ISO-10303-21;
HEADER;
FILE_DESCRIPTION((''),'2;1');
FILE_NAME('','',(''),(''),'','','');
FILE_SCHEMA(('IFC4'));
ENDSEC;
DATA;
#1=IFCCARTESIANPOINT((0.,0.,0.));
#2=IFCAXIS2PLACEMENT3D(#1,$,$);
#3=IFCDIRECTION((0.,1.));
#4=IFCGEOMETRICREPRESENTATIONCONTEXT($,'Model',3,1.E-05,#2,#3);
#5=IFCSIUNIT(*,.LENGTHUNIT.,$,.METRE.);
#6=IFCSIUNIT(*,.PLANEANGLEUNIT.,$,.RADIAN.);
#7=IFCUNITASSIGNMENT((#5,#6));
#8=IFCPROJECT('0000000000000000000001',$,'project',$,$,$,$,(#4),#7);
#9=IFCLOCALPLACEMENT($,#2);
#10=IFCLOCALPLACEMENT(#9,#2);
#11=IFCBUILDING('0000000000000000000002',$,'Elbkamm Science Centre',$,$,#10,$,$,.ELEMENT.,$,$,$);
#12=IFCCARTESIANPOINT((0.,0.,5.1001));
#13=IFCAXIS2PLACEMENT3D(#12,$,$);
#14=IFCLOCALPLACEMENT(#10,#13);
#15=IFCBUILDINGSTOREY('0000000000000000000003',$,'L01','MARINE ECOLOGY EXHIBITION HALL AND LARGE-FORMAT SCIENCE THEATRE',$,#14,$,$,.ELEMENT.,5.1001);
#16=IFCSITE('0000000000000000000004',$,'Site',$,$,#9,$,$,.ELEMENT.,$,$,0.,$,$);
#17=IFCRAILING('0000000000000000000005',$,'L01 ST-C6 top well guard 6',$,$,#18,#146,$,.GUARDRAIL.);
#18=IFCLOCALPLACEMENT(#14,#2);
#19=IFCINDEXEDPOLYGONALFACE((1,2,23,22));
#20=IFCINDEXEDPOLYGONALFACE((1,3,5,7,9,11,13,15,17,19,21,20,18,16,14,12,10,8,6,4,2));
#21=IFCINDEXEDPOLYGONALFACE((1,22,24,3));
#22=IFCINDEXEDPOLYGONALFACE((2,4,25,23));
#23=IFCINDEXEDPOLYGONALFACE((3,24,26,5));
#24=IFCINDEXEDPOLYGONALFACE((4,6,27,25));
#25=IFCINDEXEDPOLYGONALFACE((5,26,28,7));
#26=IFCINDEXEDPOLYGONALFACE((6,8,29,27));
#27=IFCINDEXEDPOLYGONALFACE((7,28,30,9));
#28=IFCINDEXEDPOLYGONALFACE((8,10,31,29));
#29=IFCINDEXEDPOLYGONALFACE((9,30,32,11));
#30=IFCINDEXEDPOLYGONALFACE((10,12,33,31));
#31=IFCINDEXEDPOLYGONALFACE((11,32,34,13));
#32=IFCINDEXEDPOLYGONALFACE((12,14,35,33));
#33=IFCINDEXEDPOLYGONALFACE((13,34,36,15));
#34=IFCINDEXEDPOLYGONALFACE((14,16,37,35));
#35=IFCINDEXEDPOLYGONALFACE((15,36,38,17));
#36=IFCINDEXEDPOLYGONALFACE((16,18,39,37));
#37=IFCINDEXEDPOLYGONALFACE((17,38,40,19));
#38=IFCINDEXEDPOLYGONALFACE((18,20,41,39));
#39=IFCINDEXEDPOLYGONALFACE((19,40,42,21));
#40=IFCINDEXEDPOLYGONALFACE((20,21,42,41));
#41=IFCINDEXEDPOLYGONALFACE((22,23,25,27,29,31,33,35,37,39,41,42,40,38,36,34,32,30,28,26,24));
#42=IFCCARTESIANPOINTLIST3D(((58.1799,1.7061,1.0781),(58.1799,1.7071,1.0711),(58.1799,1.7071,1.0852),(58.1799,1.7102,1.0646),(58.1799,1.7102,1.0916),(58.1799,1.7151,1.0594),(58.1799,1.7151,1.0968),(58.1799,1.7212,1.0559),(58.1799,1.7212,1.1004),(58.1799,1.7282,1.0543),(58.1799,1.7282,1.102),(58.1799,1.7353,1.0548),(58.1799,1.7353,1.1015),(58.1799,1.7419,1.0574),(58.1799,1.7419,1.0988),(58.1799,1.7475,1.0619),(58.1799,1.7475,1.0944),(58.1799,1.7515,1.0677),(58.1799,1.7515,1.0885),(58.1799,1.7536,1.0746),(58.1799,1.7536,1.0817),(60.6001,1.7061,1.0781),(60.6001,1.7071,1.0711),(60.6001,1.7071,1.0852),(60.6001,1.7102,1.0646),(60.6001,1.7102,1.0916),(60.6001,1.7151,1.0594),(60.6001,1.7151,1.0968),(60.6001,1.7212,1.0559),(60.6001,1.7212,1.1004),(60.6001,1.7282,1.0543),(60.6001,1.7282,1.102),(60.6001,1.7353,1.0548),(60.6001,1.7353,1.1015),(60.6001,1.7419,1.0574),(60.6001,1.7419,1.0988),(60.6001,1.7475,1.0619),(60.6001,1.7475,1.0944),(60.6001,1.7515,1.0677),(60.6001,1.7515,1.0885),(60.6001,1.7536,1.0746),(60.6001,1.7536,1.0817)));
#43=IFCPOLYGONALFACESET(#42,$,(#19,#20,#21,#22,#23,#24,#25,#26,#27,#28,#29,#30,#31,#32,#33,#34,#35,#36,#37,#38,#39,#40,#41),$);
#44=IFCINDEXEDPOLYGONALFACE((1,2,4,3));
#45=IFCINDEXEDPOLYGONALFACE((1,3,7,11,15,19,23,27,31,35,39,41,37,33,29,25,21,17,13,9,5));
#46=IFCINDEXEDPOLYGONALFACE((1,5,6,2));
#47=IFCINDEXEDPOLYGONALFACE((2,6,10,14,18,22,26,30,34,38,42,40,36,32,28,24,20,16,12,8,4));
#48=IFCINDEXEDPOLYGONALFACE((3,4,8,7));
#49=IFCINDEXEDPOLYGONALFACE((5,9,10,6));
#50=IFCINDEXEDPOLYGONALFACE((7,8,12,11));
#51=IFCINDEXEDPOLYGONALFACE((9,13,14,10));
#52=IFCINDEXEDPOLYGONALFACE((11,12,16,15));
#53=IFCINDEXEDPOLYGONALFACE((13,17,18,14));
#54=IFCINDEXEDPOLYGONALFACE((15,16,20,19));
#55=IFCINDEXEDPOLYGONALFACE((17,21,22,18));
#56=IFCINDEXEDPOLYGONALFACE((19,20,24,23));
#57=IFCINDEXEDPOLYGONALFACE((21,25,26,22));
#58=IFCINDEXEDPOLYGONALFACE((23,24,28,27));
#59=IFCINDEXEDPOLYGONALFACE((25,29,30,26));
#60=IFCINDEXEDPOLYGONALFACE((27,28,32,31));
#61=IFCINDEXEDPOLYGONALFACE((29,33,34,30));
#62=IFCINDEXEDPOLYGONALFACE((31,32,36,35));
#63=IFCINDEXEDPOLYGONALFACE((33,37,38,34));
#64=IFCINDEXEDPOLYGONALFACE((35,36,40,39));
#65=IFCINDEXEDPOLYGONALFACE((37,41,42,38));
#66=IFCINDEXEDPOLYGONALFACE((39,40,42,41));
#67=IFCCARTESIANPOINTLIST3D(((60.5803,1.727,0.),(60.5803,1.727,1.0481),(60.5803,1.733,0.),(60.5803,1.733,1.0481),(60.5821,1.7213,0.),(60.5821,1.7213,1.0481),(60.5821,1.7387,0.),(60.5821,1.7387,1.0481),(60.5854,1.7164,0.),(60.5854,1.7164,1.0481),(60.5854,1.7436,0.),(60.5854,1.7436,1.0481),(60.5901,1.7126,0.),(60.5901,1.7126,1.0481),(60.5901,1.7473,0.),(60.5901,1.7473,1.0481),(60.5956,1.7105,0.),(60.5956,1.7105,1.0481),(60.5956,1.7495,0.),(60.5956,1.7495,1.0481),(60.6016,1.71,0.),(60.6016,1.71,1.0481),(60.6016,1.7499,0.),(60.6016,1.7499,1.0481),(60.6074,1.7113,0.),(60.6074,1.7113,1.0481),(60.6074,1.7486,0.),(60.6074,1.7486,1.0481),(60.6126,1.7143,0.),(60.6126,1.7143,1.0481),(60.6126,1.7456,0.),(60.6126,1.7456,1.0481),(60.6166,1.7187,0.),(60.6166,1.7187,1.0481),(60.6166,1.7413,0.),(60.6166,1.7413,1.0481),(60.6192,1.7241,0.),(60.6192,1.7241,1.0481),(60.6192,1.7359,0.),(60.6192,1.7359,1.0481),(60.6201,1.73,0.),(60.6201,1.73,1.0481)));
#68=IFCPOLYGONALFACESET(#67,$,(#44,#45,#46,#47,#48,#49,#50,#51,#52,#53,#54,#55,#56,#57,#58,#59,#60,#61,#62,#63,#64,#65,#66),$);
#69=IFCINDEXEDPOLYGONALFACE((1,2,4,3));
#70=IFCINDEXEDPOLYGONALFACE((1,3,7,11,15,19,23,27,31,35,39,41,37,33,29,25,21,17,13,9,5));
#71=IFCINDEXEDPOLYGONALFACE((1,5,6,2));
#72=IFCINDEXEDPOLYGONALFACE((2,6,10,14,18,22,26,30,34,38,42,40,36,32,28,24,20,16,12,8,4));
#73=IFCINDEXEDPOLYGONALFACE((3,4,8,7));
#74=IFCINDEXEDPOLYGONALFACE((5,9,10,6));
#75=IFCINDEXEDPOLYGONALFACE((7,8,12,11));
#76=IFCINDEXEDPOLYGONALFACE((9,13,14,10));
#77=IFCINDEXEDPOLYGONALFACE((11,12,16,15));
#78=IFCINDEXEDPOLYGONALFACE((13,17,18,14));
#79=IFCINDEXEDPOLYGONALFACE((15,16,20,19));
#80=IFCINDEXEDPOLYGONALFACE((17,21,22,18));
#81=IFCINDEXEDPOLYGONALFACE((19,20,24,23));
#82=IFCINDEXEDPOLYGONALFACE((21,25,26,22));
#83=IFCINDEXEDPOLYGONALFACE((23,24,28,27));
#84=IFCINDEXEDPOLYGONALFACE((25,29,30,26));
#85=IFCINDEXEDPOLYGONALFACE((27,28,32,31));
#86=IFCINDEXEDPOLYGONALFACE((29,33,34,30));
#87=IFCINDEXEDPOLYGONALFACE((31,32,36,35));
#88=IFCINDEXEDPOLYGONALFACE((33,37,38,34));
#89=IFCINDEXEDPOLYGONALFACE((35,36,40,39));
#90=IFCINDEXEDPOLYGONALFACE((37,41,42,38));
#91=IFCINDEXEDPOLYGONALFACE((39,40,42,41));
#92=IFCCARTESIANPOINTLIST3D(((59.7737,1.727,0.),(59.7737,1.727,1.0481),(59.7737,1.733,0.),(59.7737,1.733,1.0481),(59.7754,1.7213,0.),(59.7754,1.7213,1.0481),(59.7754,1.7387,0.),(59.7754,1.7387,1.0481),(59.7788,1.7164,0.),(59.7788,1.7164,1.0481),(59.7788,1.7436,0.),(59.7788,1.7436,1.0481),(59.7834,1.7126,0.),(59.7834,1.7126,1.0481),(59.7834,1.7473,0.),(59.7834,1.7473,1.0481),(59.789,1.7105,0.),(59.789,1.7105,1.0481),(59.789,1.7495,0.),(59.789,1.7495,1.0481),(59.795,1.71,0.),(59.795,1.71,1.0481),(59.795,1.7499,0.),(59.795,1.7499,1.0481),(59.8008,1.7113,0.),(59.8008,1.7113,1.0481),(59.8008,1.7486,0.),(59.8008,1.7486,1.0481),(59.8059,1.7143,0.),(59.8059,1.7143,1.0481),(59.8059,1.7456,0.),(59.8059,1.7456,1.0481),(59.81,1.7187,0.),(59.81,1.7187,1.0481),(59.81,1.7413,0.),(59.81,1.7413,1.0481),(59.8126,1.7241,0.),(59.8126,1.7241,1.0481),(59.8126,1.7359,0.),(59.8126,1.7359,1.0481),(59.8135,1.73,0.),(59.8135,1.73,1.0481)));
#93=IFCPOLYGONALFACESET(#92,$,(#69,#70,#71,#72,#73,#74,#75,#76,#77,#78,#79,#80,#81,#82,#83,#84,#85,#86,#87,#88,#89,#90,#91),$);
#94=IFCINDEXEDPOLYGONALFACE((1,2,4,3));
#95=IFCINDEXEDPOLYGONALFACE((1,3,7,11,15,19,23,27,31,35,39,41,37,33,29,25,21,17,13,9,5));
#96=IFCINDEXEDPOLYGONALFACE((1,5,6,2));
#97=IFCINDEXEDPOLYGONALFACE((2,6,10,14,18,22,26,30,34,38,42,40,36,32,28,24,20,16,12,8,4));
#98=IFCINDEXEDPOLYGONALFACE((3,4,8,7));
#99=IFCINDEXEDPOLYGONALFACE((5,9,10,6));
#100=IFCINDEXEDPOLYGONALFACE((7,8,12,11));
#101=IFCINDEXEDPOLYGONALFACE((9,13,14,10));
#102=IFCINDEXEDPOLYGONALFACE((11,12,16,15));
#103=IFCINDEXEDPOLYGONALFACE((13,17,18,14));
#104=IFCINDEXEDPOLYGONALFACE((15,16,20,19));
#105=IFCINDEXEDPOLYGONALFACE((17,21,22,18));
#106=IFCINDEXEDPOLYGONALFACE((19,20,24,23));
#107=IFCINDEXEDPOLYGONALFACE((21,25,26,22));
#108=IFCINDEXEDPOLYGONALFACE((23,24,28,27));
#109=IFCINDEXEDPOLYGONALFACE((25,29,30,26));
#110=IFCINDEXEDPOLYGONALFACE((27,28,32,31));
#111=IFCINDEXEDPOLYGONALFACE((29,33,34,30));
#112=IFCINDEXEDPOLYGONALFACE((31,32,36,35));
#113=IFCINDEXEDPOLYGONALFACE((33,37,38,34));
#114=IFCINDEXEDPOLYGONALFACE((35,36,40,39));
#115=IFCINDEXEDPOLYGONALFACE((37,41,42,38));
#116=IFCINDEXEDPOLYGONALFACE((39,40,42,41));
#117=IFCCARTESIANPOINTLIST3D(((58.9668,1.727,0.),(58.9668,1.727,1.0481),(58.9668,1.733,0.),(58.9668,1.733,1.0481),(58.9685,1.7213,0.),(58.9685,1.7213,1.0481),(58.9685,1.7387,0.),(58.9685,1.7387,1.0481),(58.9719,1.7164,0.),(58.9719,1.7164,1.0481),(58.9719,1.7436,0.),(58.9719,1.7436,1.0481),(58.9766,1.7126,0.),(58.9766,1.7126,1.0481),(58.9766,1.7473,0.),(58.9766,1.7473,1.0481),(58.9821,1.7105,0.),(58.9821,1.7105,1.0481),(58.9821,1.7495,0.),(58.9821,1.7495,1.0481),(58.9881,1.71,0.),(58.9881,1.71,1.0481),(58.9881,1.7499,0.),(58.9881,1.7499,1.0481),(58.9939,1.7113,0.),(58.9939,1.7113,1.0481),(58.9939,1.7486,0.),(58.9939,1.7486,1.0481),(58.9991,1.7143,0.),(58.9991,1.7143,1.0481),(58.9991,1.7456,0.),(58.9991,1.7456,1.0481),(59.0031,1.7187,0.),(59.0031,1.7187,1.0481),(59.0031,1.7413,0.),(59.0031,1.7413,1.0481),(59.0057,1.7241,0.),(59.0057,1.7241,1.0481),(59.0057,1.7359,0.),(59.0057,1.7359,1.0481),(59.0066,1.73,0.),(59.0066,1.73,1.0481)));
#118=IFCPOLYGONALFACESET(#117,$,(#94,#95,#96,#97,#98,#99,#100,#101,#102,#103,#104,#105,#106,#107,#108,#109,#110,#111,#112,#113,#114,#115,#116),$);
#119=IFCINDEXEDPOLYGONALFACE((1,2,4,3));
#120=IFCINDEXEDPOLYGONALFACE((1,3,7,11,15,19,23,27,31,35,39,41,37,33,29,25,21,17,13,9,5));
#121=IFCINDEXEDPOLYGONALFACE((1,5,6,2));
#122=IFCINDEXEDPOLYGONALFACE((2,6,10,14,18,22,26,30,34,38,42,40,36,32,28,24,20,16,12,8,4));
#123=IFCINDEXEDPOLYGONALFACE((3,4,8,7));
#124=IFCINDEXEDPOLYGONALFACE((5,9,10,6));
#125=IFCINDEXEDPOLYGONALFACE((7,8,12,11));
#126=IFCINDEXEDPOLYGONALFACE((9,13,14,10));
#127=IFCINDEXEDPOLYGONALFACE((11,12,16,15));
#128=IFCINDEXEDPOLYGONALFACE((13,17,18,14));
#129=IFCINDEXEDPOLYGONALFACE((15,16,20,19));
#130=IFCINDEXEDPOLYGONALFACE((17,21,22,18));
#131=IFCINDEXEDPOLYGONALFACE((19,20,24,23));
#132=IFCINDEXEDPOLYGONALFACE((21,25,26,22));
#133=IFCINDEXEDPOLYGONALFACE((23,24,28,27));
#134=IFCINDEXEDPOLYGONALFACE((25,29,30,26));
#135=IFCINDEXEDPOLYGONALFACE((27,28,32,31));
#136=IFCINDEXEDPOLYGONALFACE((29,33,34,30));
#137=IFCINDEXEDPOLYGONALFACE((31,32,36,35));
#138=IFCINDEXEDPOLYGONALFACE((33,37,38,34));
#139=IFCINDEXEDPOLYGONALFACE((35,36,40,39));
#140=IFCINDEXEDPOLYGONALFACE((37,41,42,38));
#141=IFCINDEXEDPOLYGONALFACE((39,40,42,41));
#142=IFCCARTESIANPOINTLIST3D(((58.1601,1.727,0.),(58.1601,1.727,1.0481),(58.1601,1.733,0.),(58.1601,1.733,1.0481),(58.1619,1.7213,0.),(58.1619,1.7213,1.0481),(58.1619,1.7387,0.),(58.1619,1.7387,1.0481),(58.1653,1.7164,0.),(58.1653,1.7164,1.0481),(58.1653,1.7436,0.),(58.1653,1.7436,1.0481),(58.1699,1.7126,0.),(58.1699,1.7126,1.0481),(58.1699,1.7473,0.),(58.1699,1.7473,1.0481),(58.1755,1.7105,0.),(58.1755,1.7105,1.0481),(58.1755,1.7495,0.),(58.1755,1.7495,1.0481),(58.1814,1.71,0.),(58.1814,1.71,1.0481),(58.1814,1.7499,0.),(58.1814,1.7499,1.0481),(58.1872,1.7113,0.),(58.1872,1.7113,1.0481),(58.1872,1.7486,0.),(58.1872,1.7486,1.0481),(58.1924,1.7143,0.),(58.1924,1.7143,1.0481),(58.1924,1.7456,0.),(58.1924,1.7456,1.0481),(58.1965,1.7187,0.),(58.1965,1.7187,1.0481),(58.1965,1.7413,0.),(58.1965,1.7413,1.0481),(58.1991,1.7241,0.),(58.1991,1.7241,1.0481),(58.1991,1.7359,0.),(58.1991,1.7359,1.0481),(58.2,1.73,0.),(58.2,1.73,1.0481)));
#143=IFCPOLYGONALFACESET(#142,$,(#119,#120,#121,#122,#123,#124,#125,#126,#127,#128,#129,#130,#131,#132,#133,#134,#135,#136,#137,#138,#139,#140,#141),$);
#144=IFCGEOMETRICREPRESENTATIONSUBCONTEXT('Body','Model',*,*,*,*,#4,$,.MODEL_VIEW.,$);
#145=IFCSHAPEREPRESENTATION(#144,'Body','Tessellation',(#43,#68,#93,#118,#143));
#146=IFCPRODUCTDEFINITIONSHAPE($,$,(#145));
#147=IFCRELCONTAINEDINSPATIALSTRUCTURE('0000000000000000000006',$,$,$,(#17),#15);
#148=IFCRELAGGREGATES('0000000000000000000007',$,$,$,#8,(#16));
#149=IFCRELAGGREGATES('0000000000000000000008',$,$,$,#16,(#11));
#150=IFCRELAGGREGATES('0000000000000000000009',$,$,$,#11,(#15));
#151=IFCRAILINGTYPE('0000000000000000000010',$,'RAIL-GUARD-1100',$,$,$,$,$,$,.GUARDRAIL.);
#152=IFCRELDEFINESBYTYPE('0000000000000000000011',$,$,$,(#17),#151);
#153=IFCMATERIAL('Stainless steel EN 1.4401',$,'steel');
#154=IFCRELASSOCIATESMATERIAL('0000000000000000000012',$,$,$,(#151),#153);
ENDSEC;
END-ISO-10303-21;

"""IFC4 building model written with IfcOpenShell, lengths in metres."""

from ifc_helpers import new_model, si_unit, direction, frame, origin, origin_2d, place, context, subcontext, project, spatial, circle, extrude, material, type_object, element, save


model = new_model("IFC4")

# Units and contexts
model_context = context("Model", 3, precision=1e-05, world=origin(), true_north=direction((0.0, 1.0)))
body_context = subcontext(model_context, "Body", "Model", "MODEL_VIEW")
ifc_project = project(units=[si_unit("LENGTHUNIT", "METRE"), si_unit("PLANEANGLEUNIT", "RADIAN")], contexts=[model_context])

# Site, building, storey
site_placement = place(None, origin())
site = spatial("IfcSite", under=ifc_project, at=site_placement, Name="Site", CompositionType="ELEMENT", RefElevation=0.0)
building_placement = place(site_placement, origin())
building = spatial("IfcBuilding", under=site, at=building_placement, Name="Elbkamm Science Centre", CompositionType="ELEMENT")
storey_placement = place(building_placement, frame((0.0, 0.0, 5.1001)))
storey = spatial("IfcBuildingStorey", under=building, at=storey_placement, Name="L01", Description="MARINE ECOLOGY EXHIBITION HALL AND LARGE-FORMAT SCIENCE THEATRE", CompositionType="ELEMENT", Elevation=5.1001)

# Railing
ifc_material_1 = material(Name="Stainless steel EN 1.4401", Category="steel")
railing_type_1 = type_object("IfcRailingType", Name="RAIL-GUARD-1100", PredefinedType="GUARDRAIL", material=ifc_material_1)
railing_1_placement = place(storey_placement, frame((60.6001, 1.73, 0.0)))
element("IfcRailing", 1, at=railing_1_placement, inside=storey, type_object=railing_type_1, Name="L01 ST-C6 top well guard 6", PredefinedType="GUARDRAIL", context=body_context, shape_type="SweptSolid", body=[
    extrude(circle(Radius=0.0239, at=origin_2d()), frame((0.0, 0.0, 1.0781), z_axis=(-1.0, 0.0, 0.0), x_axis=(0.0, -1.0, 0.0)), (0.0, 0.0, 1.0), 2.4202),
    extrude(circle(Radius=0.02, at=origin_2d()), origin(), (0.0, 0.0, 1.0), 1.0481),
    extrude(circle(Radius=0.02, at=origin_2d()), frame((-0.8066, 0.0, 0.0)), (0.0, 0.0, 1.0), 1.0481),
    extrude(circle(Radius=0.02, at=origin_2d()), frame((-1.6135, 0.0, 0.0)), (0.0, 0.0, 1.0), 1.0481),
    extrude(circle(Radius=0.02, at=origin_2d()), frame((-2.4202, 0.0, 0.0)), (0.0, 0.0, 1.0), 1.0481),
])

save(model, "model.ifc")
